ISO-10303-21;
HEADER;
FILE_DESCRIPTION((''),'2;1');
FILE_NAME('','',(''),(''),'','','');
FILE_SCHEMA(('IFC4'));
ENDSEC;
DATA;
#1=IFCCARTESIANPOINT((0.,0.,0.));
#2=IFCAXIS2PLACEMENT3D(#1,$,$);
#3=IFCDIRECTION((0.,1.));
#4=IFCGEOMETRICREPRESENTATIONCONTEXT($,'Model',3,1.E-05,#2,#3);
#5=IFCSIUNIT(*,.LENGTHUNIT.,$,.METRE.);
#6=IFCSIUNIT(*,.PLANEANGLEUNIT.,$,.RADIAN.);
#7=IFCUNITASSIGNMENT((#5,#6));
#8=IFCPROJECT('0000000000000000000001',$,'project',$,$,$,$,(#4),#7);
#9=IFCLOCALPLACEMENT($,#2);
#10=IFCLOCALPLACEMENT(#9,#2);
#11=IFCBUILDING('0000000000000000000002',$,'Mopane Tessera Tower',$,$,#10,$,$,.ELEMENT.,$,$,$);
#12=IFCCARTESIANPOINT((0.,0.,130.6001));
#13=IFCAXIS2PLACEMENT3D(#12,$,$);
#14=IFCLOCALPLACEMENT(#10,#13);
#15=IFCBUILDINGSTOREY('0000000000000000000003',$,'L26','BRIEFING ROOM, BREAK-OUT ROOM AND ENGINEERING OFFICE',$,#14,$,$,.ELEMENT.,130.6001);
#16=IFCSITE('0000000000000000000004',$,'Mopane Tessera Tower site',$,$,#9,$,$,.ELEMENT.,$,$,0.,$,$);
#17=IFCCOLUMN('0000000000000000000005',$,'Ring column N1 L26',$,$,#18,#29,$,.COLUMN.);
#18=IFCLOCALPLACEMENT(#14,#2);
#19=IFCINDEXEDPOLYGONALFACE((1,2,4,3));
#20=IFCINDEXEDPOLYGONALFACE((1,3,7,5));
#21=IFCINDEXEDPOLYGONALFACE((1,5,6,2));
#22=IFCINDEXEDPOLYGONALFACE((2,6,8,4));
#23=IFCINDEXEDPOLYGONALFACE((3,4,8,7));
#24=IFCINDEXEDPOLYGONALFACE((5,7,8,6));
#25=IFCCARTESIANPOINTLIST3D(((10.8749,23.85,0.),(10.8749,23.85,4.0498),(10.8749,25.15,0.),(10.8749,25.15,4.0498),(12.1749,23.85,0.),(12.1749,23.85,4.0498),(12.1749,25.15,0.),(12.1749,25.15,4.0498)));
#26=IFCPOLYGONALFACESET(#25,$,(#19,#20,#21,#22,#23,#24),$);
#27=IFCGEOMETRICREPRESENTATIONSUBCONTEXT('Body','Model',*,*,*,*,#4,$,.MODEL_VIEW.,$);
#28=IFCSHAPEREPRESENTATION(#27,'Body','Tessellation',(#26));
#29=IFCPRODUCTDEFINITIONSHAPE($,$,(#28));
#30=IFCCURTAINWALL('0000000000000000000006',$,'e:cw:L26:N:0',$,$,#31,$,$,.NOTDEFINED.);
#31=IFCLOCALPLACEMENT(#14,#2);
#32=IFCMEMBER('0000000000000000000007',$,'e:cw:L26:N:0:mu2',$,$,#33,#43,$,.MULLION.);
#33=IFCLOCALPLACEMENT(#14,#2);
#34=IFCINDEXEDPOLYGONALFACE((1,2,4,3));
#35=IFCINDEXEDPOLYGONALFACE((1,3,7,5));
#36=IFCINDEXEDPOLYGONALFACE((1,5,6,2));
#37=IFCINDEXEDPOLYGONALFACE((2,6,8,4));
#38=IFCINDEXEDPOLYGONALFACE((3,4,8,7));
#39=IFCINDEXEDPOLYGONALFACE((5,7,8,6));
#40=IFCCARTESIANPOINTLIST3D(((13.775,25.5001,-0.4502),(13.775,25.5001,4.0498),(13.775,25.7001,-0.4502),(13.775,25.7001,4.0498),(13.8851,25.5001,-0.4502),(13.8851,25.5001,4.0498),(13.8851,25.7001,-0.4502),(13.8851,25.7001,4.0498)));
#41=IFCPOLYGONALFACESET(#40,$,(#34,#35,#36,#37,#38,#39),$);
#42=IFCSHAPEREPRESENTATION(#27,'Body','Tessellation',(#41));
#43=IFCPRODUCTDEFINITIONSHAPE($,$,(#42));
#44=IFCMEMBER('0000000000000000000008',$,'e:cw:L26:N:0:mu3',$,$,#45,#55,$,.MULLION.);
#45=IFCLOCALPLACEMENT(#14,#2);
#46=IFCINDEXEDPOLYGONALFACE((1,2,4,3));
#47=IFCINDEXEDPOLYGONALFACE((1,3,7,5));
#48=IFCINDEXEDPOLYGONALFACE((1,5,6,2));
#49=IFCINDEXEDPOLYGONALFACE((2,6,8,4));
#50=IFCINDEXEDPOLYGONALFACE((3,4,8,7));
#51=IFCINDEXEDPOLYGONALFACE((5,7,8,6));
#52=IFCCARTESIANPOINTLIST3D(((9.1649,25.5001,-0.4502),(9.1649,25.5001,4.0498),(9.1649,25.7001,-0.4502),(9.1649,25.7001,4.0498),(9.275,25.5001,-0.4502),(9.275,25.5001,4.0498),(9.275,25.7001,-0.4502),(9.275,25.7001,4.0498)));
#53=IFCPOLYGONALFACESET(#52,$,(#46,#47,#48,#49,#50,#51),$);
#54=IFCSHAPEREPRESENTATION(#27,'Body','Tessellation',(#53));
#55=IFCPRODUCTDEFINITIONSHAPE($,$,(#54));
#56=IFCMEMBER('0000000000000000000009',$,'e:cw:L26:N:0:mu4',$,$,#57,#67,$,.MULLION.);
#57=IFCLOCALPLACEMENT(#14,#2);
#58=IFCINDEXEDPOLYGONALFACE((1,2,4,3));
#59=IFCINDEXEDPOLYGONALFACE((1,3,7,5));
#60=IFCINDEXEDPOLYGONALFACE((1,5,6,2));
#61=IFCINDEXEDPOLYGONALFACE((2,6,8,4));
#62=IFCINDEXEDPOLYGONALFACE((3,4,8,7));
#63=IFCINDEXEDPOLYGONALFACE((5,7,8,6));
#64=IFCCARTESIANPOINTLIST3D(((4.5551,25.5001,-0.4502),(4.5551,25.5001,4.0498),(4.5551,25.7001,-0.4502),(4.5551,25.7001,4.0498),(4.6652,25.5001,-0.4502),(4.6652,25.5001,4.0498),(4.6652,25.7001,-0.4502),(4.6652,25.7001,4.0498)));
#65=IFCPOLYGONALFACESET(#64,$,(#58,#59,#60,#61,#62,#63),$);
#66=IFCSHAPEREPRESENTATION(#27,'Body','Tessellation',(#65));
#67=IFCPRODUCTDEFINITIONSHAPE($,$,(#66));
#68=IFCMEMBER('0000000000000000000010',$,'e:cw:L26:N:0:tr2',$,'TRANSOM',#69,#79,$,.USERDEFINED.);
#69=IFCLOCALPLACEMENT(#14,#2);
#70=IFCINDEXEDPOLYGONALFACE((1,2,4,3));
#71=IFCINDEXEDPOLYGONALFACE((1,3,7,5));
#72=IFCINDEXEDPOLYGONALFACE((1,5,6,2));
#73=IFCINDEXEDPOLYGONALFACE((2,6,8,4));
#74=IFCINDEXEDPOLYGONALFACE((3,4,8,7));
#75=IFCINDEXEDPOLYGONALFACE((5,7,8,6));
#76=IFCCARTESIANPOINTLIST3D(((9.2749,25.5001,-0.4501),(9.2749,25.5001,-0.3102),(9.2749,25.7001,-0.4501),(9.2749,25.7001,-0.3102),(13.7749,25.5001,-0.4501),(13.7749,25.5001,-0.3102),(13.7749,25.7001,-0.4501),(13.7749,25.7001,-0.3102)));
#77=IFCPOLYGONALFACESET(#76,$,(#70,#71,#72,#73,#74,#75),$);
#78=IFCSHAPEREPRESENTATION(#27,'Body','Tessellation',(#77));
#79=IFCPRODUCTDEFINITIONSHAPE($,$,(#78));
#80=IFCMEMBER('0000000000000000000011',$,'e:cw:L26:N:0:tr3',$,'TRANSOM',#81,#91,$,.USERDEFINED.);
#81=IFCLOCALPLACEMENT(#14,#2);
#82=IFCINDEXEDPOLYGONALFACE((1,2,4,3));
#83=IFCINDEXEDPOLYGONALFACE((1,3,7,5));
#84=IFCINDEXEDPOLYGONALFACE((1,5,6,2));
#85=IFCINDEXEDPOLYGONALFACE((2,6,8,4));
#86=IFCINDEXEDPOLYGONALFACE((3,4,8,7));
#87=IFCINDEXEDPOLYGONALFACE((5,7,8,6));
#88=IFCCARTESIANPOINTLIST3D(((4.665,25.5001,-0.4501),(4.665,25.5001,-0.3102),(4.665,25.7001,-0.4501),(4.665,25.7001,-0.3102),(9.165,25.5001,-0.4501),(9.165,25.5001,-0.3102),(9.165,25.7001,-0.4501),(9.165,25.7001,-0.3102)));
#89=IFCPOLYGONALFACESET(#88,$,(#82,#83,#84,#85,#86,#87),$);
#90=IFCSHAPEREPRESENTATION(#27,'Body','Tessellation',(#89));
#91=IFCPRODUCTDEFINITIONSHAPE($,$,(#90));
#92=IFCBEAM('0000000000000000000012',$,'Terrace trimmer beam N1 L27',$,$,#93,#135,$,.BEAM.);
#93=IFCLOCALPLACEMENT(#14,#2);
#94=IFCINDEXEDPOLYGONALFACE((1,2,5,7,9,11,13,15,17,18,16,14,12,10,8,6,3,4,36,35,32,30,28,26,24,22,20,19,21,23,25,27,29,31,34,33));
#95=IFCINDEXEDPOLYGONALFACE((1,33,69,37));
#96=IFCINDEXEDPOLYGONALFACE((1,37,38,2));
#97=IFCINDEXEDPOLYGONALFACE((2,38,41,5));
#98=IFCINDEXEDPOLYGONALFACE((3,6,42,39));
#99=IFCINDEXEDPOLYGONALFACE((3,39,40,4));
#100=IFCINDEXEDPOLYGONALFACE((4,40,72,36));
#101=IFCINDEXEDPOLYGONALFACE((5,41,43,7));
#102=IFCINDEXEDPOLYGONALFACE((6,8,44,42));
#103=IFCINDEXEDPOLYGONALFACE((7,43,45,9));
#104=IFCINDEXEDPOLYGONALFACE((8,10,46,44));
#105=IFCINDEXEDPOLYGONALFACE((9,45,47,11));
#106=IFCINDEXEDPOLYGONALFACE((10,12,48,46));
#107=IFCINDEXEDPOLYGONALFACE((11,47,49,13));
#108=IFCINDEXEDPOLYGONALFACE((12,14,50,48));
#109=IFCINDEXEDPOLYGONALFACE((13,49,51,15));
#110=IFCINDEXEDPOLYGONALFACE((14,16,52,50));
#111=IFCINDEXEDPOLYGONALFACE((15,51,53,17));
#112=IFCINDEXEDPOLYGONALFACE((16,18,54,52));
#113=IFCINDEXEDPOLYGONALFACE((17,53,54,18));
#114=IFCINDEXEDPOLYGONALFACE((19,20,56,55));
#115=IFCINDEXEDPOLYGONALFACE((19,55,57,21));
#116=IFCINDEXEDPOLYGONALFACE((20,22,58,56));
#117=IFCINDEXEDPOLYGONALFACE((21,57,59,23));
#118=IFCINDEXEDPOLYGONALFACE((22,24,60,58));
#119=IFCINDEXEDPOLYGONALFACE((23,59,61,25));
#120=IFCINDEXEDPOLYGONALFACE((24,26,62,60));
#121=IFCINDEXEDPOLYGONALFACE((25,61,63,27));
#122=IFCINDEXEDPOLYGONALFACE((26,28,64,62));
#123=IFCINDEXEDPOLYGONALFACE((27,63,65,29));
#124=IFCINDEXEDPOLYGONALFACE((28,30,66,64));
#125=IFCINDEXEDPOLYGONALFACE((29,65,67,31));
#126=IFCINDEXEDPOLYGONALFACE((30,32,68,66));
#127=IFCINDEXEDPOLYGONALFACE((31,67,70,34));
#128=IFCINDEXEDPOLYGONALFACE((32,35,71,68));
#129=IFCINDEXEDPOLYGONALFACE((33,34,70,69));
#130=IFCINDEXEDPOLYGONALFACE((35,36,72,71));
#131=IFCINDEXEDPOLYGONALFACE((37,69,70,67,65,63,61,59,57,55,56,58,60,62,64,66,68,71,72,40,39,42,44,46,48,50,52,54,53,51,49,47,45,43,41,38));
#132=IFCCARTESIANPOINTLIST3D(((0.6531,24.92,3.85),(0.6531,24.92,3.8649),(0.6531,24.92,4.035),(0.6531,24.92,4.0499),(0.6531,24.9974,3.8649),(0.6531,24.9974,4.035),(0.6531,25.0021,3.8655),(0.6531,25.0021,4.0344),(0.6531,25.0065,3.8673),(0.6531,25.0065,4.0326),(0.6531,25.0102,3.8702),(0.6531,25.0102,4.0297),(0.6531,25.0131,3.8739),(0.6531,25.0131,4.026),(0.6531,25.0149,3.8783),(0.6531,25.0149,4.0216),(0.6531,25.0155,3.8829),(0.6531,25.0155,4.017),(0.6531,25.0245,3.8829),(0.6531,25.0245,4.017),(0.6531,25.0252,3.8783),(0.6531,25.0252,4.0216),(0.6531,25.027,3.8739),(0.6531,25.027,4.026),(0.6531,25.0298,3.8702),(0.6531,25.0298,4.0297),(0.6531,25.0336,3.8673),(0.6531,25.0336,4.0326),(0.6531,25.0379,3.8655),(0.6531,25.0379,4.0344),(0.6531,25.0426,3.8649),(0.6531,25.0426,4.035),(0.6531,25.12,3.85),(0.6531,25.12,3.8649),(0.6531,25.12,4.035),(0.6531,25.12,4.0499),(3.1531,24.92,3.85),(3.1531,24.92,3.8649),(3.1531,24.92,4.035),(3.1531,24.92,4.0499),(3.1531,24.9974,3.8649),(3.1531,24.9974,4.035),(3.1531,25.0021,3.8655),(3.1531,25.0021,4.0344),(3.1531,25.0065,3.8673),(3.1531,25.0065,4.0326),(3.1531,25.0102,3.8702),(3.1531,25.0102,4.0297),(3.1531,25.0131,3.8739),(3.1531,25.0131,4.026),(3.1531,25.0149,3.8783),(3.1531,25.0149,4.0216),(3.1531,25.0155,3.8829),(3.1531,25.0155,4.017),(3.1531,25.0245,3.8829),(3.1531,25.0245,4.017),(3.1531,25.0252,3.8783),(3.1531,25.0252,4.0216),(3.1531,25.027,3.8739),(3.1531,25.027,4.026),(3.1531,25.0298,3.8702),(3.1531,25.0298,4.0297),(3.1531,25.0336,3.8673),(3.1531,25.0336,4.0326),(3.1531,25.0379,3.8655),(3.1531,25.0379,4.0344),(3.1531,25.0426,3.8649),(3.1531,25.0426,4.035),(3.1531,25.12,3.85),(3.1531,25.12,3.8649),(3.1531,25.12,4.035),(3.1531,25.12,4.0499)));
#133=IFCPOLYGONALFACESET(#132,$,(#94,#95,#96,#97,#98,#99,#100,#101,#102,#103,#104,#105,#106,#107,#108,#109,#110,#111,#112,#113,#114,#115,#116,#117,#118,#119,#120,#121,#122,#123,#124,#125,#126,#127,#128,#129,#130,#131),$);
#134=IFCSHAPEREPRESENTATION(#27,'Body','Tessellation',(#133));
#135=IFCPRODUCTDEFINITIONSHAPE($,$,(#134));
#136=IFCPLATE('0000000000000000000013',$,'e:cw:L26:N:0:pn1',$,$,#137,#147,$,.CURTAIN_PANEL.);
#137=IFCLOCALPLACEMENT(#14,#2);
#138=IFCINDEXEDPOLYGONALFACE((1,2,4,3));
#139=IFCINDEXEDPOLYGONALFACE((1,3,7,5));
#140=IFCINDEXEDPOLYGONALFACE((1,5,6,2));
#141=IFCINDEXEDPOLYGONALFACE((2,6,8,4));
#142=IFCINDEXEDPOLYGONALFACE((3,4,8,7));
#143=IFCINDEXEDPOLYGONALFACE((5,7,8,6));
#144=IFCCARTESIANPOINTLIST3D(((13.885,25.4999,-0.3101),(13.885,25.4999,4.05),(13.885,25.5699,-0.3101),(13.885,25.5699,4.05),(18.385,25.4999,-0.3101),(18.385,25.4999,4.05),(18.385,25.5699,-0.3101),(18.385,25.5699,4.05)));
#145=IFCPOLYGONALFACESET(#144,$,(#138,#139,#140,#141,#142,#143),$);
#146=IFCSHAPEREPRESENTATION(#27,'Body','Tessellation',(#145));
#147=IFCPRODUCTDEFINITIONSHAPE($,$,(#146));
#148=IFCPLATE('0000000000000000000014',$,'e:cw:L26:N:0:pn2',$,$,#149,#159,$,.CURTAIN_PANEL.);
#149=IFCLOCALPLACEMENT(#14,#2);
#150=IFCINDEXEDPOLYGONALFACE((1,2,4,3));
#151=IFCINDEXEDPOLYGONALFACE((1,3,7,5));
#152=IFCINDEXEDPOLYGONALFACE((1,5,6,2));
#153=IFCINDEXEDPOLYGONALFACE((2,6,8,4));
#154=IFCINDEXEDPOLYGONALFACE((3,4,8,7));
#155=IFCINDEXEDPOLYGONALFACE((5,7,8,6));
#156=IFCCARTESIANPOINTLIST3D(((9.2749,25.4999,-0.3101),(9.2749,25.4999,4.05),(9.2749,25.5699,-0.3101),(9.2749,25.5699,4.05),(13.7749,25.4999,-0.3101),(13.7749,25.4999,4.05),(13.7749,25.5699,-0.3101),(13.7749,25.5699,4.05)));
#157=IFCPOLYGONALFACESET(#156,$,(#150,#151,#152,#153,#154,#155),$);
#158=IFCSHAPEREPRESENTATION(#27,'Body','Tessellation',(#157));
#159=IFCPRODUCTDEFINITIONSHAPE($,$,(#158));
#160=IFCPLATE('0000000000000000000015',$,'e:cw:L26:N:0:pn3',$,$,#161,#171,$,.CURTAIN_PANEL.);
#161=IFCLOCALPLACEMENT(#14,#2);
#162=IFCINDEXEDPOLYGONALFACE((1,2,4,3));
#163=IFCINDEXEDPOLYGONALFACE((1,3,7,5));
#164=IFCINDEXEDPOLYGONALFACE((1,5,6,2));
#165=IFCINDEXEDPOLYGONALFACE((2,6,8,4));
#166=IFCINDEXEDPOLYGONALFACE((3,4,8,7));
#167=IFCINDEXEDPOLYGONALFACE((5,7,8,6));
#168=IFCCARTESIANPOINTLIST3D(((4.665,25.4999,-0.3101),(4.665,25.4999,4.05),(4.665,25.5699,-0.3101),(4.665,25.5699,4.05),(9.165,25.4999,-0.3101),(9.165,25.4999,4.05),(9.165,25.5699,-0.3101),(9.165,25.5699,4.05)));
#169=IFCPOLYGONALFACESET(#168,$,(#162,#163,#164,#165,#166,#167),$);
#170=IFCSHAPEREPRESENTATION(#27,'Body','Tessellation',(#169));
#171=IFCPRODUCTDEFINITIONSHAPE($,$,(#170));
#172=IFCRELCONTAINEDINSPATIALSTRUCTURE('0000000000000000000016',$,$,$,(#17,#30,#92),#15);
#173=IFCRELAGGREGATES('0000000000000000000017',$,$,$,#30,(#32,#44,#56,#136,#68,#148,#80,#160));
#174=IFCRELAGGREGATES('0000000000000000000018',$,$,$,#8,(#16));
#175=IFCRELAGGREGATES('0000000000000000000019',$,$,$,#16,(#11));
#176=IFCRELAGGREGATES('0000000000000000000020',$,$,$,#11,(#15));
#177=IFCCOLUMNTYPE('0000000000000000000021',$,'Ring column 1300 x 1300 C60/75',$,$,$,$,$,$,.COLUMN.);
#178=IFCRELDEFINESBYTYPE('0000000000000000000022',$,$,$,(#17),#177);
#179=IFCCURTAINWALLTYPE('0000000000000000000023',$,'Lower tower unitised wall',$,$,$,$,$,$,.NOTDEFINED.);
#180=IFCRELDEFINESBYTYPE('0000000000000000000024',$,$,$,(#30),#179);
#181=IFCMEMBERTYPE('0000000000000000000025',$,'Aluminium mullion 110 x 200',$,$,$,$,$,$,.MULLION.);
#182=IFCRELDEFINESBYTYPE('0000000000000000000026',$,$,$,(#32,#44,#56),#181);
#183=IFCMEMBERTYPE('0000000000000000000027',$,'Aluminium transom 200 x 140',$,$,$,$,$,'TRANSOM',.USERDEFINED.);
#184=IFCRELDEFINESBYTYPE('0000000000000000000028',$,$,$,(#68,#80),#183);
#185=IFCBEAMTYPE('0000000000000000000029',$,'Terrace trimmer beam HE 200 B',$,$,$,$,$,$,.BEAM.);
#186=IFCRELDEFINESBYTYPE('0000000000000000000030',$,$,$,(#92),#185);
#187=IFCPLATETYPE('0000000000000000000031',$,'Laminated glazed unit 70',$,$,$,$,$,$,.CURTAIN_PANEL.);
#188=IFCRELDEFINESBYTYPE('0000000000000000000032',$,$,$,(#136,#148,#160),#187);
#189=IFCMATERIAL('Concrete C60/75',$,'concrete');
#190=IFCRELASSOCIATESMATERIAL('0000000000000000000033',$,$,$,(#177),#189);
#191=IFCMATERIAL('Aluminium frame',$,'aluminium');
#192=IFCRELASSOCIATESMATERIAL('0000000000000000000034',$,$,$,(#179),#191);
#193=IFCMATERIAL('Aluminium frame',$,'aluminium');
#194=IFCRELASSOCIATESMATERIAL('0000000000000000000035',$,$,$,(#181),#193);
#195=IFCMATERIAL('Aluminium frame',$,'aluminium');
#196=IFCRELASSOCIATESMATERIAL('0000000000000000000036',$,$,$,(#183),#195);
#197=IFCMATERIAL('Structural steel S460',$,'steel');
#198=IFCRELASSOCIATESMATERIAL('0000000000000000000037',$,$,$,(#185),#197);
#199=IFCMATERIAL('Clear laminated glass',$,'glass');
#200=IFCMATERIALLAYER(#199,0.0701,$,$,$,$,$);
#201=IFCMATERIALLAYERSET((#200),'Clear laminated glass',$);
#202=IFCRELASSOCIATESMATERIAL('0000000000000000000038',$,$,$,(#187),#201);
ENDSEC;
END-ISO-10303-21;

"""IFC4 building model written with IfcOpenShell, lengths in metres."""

from ifc_helpers import new_model, si_unit, direction, frame, origin, origin_2d, place, context, subcontext, project, spatial, rectangle, i_section, extrude, material, layer, layer_set, material_profile, profile_set, type_object, element, aggregate, save


model = new_model("IFC4")

# Units and contexts
model_context = context("Model", 3, precision=1e-05, world=origin(), true_north=direction((0.0, 1.0)))
body_context = subcontext(model_context, "Body", "Model", "MODEL_VIEW")
ifc_project = project(units=[si_unit("LENGTHUNIT", "METRE"), si_unit("PLANEANGLEUNIT", "RADIAN")], contexts=[model_context])

# Site, building, storey
site_placement = place(None, origin())
site = spatial("IfcSite", under=ifc_project, at=site_placement, Name="Mopane Tessera Tower site", CompositionType="ELEMENT", RefElevation=0.0)
building_placement = place(site_placement, origin())
building = spatial("IfcBuilding", under=site, at=building_placement, Name="Mopane Tessera Tower", CompositionType="ELEMENT")
storey_placement = place(building_placement, frame((0.0, 0.0, 130.6001)))
storey = spatial("IfcBuildingStorey", under=building, at=storey_placement, Name="L26", Description="BRIEFING ROOM, BREAK-OUT ROOM AND ENGINEERING OFFICE", CompositionType="ELEMENT", Elevation=130.6001)

# Column
ifc_material_1 = material(Name="Concrete C60/75", Category="concrete")
ifc_material_profile_1 = material_profile(ifc_material_1, rectangle(XDim=1.3, YDim=1.3, at=origin_2d()))
ifc_profile_set_1 = profile_set([ifc_material_profile_1], Name="Concrete C60/75")
column_type = type_object("IfcColumnType", Name="Ring column 1300 x 1300 C60/75", PredefinedType="COLUMN", material=ifc_profile_set_1)
column_placement = place(storey_placement, frame((11.5249, 24.5, 0.0), z_axis=(0.0, 0.0, 1.0), x_axis=(1.0, 0.0, 0.0)))
element("IfcColumn", 1, at=column_placement, inside=storey, type_object=column_type, Name="Ring column N1 L26", PredefinedType="COLUMN", context=body_context, shape_type="SweptSolid", body=[
    extrude(rectangle(XDim=1.3, YDim=1.3, at=origin_2d()), origin(), (0.0, 0.0, 1.0), 4.0498),
])

# Curtain wall, members
ifc_material_2 = material(Name="Aluminium frame", Category="aluminium")
curtain_wall_type = type_object("IfcCurtainWallType", Name="Lower tower unitised wall", PredefinedType="NOTDEFINED", material=ifc_material_2)
curtain_wall_placement = place(storey_placement, origin())
curtain_wall = element("IfcCurtainWall", 2, at=curtain_wall_placement, inside=storey, type_object=curtain_wall_type, Name="e:cw:L26:N:0", PredefinedType="NOTDEFINED")
ifc_material_3 = material(Name="Aluminium frame", Category="aluminium")
ifc_material_profile_2 = material_profile(ifc_material_3, rectangle(XDim=0.1101, YDim=0.2, at=origin_2d()))
ifc_profile_set_2 = profile_set([ifc_material_profile_2], Name="Aluminium frame")
member_type_1 = type_object("IfcMemberType", Name="Aluminium mullion 110 x 200", PredefinedType="MULLION", material=ifc_profile_set_2)
member_1_placement = place(storey_placement, frame((13.8301, 25.6001, -0.4502), z_axis=(0.0, 0.0, 1.0), x_axis=(-1.0, 0.0, 0.0)))
member_1 = element("IfcMember", 3, at=member_1_placement, type_object=member_type_1, Name="e:cw:L26:N:0:mu2", PredefinedType="MULLION", context=body_context, shape_type="SweptSolid", body=[
    extrude(rectangle(XDim=0.1101, YDim=0.2, at=origin_2d()), origin(), (0.0, 0.0, 1.0), 4.5),
])
member_2_placement = place(storey_placement, frame((9.22, 25.6001, -0.4502), z_axis=(0.0, 0.0, 1.0), x_axis=(-1.0, 0.0, 0.0)))
member_2 = element("IfcMember", 4, at=member_2_placement, type_object=member_type_1, Name="e:cw:L26:N:0:mu3", PredefinedType="MULLION", context=body_context, shape_type="SweptSolid", body=[
    extrude(rectangle(XDim=0.1101, YDim=0.2, at=origin_2d()), origin(), (0.0, 0.0, 1.0), 4.5),
])
member_3_placement = place(storey_placement, frame((4.6101, 25.6001, -0.4502), z_axis=(0.0, 0.0, 1.0), x_axis=(-1.0, 0.0, 0.0)))
member_3 = element("IfcMember", 5, at=member_3_placement, type_object=member_type_1, Name="e:cw:L26:N:0:mu4", PredefinedType="MULLION", context=body_context, shape_type="SweptSolid", body=[
    extrude(rectangle(XDim=0.1101, YDim=0.2, at=origin_2d()), origin(), (0.0, 0.0, 1.0), 4.5),
])
ifc_material_4 = material(Name="Aluminium frame", Category="aluminium")
ifc_material_profile_3 = material_profile(ifc_material_4, rectangle(XDim=0.2, YDim=0.1399, at=origin_2d()))
ifc_profile_set_3 = profile_set([ifc_material_profile_3], Name="Aluminium frame")
member_type_2 = type_object("IfcMemberType", Name="Aluminium transom 200 x 140", ElementType="TRANSOM", PredefinedType="USERDEFINED", material=ifc_profile_set_3)
member_4_placement = place(storey_placement, frame((13.7749, 25.6001, -0.3801), z_axis=(-1.0, 0.0, 0.0), x_axis=(0.0, -1.0, 0.0)))
member_4 = element("IfcMember", 6, at=member_4_placement, type_object=member_type_2, Name="e:cw:L26:N:0:tr2", ObjectType="TRANSOM", PredefinedType="USERDEFINED", context=body_context, shape_type="SweptSolid", body=[
    extrude(rectangle(XDim=0.2, YDim=0.1399, at=origin_2d()), origin(), (0.0, 0.0, 1.0), 4.5),
])
member_5_placement = place(storey_placement, frame((9.165, 25.6001, -0.3801), z_axis=(-1.0, 0.0, 0.0), x_axis=(0.0, -1.0, 0.0)))
member_5 = element("IfcMember", 7, at=member_5_placement, type_object=member_type_2, Name="e:cw:L26:N:0:tr3", ObjectType="TRANSOM", PredefinedType="USERDEFINED", context=body_context, shape_type="SweptSolid", body=[
    extrude(rectangle(XDim=0.2, YDim=0.1399, at=origin_2d()), origin(), (0.0, 0.0, 1.0), 4.5),
])

# Beam
ifc_material_5 = material(Name="Structural steel S460", Category="steel")
ifc_material_profile_4 = material_profile(ifc_material_5, i_section(OverallWidth=0.2, OverallDepth=0.2, WebThickness=0.009, FlangeThickness=0.0149, FilletRadius=0.0181, at=origin_2d()))
ifc_profile_set_4 = profile_set([ifc_material_profile_4], Name="Structural steel S460")
beam_type = type_object("IfcBeamType", Name="Terrace trimmer beam HE 200 B", PredefinedType="BEAM", material=ifc_profile_set_4)
beam_placement = place(storey_placement, frame((0.6531, 25.02, 3.95), z_axis=(1.0, 0.0, 0.0), x_axis=(0.0, 1.0, 0.0)))
element("IfcBeam", 8, at=beam_placement, inside=storey, type_object=beam_type, Name="Terrace trimmer beam N1 L27", PredefinedType="BEAM", context=body_context, shape_type="SweptSolid", body=[
    extrude(i_section(OverallWidth=0.2, OverallDepth=0.2, WebThickness=0.009, FlangeThickness=0.0149, FilletRadius=0.0181, at=origin_2d()), origin(), (0.0, 0.0, 1.0), 2.5),
])

# Plates
ifc_material_6 = material(Name="Clear laminated glass", Category="glass")
ifc_layer_1 = layer(ifc_material_6, 0.0701)
ifc_layer_set_1 = layer_set([ifc_layer_1], Name="Clear laminated glass")
plate_type = type_object("IfcPlateType", Name="Laminated glazed unit 70", PredefinedType="CURTAIN_PANEL", material=ifc_layer_set_1)
plate_1_placement = place(storey_placement, frame((16.135, 25.5349, -0.3101), z_axis=(0.0, 0.0, 1.0), x_axis=(-1.0, 0.0, 0.0)))
plate_1 = element("IfcPlate", 9, at=plate_1_placement, type_object=plate_type, Name="e:cw:L26:N:0:pn1", PredefinedType="CURTAIN_PANEL", context=body_context, shape_type="SweptSolid", body=[
    extrude(rectangle(XDim=4.5, YDim=0.0701, at=origin_2d()), origin(), (0.0, 0.0, 1.0), 4.3601),
])
plate_2_placement = place(storey_placement, frame((11.5249, 25.5349, -0.3101), z_axis=(0.0, 0.0, 1.0), x_axis=(-1.0, 0.0, 0.0)))
plate_2 = element("IfcPlate", 10, at=plate_2_placement, type_object=plate_type, Name="e:cw:L26:N:0:pn2", PredefinedType="CURTAIN_PANEL", context=body_context, shape_type="SweptSolid", body=[
    extrude(rectangle(XDim=4.5, YDim=0.0701, at=origin_2d()), origin(), (0.0, 0.0, 1.0), 4.3601),
])
plate_3_placement = place(storey_placement, frame((6.915, 25.5349, -0.3101), z_axis=(0.0, 0.0, 1.0), x_axis=(-1.0, 0.0, 0.0)))
plate_3 = element("IfcPlate", 11, at=plate_3_placement, type_object=plate_type, Name="e:cw:L26:N:0:pn3", PredefinedType="CURTAIN_PANEL", context=body_context, shape_type="SweptSolid", body=[
    extrude(rectangle(XDim=4.5, YDim=0.0701, at=origin_2d()), origin(), (0.0, 0.0, 1.0), 4.3601),
])
aggregate(curtain_wall, [member_1, member_2, member_3, plate_1, member_4, plate_2, member_5, plate_3])

save(model, "model.ifc")
